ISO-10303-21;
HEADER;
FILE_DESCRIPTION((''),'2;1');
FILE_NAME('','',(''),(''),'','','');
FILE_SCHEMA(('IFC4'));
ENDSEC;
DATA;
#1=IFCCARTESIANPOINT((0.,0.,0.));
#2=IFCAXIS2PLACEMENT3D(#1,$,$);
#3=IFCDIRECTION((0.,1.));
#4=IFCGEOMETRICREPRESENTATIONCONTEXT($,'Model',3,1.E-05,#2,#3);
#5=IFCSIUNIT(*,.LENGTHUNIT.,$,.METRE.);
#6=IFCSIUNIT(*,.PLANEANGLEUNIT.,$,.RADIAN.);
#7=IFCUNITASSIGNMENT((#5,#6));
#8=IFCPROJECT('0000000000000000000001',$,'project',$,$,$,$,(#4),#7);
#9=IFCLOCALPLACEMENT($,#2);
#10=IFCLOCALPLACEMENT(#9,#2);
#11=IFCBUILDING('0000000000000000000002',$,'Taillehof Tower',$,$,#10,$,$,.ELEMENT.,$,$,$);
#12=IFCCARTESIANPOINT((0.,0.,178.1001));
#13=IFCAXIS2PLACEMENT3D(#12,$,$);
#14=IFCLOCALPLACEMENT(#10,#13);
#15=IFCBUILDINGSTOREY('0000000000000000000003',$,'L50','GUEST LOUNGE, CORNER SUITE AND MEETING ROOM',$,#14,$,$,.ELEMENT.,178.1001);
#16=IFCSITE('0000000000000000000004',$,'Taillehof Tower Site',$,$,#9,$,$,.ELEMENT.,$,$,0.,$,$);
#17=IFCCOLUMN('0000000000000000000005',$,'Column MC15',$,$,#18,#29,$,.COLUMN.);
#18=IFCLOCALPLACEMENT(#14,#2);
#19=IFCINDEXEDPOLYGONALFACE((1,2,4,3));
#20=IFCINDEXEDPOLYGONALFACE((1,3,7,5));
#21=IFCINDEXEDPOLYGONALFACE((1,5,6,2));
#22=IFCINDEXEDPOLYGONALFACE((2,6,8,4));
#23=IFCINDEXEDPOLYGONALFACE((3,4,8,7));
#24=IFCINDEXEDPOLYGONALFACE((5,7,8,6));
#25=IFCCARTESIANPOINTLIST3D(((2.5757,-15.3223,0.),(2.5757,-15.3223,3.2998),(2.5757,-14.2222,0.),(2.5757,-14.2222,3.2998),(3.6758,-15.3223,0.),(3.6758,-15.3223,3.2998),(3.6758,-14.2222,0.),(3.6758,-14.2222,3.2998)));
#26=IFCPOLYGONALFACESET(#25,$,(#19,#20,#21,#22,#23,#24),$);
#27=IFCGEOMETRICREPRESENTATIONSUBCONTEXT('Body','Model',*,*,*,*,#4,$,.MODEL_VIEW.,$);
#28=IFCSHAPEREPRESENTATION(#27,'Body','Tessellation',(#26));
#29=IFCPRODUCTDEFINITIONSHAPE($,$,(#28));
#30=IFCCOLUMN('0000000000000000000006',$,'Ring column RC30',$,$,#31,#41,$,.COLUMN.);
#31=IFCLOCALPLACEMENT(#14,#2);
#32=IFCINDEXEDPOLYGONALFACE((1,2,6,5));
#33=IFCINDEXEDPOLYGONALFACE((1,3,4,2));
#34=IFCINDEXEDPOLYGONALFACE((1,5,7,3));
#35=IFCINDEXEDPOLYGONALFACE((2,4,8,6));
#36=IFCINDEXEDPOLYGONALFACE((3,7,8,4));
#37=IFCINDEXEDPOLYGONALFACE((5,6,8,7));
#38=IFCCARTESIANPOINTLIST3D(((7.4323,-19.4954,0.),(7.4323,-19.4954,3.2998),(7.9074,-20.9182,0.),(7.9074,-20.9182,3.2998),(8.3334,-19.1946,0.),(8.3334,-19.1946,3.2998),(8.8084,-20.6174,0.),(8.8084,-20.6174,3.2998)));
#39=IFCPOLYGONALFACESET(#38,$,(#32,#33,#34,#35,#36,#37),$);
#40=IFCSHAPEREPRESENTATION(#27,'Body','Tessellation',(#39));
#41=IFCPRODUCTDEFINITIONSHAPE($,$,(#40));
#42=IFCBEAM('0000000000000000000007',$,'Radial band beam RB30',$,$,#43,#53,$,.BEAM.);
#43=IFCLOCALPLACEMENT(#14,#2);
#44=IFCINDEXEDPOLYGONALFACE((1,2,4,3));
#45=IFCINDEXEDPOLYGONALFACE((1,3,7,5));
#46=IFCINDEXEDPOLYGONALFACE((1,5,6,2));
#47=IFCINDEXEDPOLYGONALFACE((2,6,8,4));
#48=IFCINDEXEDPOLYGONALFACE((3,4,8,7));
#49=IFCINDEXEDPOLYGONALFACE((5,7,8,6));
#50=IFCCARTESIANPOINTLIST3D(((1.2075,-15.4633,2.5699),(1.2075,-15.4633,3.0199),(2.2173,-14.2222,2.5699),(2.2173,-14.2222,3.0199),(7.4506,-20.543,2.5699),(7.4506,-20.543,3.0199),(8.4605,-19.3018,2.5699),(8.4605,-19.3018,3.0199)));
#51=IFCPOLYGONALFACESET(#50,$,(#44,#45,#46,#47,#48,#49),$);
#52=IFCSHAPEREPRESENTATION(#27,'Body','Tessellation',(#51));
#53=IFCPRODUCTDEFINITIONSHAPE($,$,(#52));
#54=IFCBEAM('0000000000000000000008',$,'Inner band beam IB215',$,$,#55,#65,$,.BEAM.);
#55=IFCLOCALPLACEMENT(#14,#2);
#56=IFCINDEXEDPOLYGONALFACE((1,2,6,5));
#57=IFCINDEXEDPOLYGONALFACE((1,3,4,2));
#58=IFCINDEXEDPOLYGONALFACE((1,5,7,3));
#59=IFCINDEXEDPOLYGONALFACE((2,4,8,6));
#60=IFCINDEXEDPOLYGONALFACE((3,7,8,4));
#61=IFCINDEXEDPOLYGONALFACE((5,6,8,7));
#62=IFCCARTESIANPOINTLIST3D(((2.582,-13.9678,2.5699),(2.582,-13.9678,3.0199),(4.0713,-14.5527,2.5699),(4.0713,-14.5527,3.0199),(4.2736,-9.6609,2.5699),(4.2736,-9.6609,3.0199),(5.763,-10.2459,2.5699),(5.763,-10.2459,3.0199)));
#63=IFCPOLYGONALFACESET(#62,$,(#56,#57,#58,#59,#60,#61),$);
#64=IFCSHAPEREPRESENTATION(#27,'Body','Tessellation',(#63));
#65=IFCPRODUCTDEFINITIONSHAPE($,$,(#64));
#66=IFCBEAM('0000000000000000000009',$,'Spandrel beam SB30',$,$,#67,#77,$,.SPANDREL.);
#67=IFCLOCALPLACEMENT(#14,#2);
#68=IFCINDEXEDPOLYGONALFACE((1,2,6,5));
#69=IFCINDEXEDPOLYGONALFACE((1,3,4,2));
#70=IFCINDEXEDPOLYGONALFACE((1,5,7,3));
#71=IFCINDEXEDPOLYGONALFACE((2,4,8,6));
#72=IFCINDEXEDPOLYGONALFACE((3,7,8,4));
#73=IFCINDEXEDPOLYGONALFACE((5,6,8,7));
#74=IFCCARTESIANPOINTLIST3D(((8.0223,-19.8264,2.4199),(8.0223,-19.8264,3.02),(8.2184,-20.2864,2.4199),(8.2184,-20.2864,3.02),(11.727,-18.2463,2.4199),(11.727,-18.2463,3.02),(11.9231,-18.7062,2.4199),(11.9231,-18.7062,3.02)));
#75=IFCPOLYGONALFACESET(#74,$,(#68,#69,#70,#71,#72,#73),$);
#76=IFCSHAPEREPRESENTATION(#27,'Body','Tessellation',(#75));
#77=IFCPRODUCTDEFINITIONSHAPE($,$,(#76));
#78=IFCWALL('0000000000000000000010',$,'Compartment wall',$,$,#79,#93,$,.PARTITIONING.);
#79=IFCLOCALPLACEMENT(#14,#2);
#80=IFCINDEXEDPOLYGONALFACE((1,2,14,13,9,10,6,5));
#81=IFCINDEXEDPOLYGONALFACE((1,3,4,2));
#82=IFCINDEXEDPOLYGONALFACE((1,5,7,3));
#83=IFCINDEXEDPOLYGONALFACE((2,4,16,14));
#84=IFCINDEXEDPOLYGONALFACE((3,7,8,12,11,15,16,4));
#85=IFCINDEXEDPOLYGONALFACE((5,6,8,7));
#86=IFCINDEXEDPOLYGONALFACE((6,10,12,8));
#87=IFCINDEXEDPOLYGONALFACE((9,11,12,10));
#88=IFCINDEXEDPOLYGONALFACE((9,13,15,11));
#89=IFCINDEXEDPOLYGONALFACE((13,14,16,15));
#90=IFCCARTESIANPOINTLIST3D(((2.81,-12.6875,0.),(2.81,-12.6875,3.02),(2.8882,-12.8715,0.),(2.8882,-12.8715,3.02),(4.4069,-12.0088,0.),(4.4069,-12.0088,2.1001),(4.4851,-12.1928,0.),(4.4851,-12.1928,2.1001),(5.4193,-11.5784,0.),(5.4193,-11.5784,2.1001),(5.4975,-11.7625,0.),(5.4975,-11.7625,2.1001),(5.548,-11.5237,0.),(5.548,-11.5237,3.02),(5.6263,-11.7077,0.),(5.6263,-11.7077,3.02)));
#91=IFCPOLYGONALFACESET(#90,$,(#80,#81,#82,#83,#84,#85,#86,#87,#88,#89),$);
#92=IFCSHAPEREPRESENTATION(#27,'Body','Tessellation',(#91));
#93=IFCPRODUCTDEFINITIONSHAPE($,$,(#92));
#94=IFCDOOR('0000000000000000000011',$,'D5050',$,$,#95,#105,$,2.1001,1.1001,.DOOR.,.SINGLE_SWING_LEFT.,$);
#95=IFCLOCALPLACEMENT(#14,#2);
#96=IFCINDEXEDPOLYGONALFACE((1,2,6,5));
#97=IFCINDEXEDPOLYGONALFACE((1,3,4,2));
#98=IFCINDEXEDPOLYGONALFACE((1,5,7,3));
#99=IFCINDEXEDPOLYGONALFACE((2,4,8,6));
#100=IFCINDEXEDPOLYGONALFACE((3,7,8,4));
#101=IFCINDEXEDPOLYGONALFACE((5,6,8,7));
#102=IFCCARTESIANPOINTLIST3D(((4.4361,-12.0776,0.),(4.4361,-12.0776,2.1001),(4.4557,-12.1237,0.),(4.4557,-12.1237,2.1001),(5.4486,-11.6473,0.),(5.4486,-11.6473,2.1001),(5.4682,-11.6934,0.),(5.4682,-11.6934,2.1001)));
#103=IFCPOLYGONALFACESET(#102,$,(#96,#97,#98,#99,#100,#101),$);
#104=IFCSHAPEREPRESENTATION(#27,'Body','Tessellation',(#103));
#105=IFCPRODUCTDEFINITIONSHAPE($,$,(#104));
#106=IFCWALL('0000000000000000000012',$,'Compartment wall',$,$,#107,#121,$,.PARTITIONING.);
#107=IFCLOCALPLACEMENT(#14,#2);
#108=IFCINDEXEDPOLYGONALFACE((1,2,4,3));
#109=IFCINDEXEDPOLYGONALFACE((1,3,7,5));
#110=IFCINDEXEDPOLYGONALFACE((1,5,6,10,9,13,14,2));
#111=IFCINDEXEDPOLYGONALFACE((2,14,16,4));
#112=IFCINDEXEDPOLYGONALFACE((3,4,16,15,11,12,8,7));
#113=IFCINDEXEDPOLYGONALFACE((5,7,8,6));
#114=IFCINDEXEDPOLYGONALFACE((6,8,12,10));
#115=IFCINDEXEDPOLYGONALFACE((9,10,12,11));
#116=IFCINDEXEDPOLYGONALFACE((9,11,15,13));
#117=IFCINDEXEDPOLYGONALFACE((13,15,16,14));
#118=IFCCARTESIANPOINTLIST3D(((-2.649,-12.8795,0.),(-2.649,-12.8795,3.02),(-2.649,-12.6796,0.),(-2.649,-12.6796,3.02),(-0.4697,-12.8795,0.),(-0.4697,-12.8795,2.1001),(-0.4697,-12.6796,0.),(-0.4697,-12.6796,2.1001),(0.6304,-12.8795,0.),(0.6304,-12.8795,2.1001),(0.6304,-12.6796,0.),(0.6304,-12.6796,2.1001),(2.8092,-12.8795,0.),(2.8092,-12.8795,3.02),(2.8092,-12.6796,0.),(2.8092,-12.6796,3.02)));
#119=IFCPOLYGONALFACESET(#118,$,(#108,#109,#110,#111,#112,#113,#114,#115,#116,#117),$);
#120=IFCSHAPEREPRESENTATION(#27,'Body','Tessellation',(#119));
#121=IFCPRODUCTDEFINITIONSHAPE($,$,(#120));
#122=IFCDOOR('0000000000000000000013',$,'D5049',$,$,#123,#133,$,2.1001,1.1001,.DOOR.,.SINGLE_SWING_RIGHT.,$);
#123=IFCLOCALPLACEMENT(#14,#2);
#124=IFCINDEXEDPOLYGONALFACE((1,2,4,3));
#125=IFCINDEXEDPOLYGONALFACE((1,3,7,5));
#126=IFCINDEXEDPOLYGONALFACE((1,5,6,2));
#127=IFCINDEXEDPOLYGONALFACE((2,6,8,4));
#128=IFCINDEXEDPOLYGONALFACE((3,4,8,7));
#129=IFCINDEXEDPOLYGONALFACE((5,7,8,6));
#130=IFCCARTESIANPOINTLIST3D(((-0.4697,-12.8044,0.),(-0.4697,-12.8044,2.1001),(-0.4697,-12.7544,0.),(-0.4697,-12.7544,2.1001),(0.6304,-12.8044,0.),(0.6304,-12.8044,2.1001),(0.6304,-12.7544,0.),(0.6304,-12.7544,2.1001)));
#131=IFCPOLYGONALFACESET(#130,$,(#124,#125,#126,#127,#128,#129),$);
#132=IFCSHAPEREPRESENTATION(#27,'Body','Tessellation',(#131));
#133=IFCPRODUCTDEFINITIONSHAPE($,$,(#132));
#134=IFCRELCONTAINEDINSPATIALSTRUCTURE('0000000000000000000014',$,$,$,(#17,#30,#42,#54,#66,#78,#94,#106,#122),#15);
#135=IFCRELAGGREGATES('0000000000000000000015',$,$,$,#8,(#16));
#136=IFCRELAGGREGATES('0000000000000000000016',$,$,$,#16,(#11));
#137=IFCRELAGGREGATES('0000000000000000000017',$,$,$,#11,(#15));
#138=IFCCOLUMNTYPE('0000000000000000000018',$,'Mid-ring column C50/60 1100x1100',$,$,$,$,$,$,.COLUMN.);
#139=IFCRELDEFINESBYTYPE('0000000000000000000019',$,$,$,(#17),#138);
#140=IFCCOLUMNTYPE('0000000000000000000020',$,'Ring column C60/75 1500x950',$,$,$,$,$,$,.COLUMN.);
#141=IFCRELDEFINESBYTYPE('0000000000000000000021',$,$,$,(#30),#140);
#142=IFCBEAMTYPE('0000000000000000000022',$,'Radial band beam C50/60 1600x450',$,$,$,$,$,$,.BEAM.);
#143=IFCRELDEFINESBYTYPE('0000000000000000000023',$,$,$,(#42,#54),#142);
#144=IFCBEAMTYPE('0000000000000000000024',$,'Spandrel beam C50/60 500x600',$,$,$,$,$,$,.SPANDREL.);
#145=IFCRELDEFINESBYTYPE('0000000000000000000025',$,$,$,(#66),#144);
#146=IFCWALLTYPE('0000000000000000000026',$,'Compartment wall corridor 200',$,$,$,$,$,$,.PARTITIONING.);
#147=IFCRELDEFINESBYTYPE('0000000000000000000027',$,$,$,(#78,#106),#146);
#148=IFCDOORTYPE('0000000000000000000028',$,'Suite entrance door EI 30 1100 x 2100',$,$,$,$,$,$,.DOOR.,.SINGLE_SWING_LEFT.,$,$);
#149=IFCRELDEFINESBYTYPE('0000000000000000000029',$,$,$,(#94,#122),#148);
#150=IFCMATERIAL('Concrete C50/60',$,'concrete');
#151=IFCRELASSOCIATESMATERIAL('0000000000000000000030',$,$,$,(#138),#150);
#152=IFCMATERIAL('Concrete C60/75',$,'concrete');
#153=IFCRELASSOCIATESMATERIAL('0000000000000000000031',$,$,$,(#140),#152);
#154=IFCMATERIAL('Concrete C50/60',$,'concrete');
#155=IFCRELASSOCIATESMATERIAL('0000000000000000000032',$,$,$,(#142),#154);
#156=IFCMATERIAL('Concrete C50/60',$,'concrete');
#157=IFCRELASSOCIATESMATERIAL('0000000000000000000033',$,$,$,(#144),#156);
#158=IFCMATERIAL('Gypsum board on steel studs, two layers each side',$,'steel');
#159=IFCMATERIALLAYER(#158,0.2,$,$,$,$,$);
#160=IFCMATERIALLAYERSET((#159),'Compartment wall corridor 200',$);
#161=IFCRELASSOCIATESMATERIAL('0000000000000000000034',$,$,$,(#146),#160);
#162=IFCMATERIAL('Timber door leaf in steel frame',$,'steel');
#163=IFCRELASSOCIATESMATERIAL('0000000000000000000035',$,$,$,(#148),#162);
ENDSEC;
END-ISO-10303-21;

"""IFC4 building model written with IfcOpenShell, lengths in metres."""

from ifc_helpers import new_model, si_unit, direction, frame, frame_2d, origin, origin_2d, place, context, subcontext, project, spatial, rectangle, extrude, material, layer, layer_set, material_profile, profile_set, type_object, element, fill, save


model = new_model("IFC4")

# Units and contexts
model_context = context("Model", 3, precision=1e-05, world=origin(), true_north=direction((0.0, 1.0)))
body_context = subcontext(model_context, "Body", "Model", "MODEL_VIEW")
ifc_project = project(units=[si_unit("LENGTHUNIT", "METRE"), si_unit("PLANEANGLEUNIT", "RADIAN")], contexts=[model_context])

# Site, building, storey
site_placement = place(None, origin())
site = spatial("IfcSite", under=ifc_project, at=site_placement, Name="Taillehof Tower Site", CompositionType="ELEMENT", RefElevation=0.0)
building_placement = place(site_placement, origin())
building = spatial("IfcBuilding", under=site, at=building_placement, Name="Taillehof Tower", CompositionType="ELEMENT")
storey_placement = place(building_placement, frame((0.0, 0.0, 178.1001)))
storey = spatial("IfcBuildingStorey", under=building, at=storey_placement, Name="L50", Description="GUEST LOUNGE, CORNER SUITE AND MEETING ROOM", CompositionType="ELEMENT", Elevation=178.1001)

# Columns
ifc_material_1 = material(Name="Concrete C50/60", Category="concrete")
ifc_material_profile_1 = material_profile(ifc_material_1, rectangle(XDim=1.1001, YDim=1.1001, at=origin_2d()), Name="RC 1100x1100")
ifc_profile_set_1 = profile_set([ifc_material_profile_1], Name="Concrete C50/60")
column_type_1 = type_object("IfcColumnType", Name="Mid-ring column C50/60 1100x1100", PredefinedType="COLUMN", material=ifc_profile_set_1)
column_1_placement = place(storey_placement, frame((3.1257, -14.7722, 0.0), z_axis=(0.0, 0.0, 1.0), x_axis=(1.0, 0.0, 0.0)))
element("IfcColumn", 1, at=column_1_placement, inside=storey, type_object=column_type_1, Name="Column MC15", PredefinedType="COLUMN", context=body_context, shape_type="SweptSolid", body=[
    extrude(rectangle(XDim=1.1001, YDim=1.1001, at=origin_2d()), origin(), (0.0, 0.0, 1.0), 3.2998),
])
ifc_material_2 = material(Name="Concrete C60/75", Category="concrete")
ifc_material_profile_2 = material_profile(ifc_material_2, rectangle(XDim=1.5, YDim=0.95, at=origin_2d()), Name="RC 1500x950")
ifc_profile_set_2 = profile_set([ifc_material_profile_2], Name="Concrete C60/75")
column_type_2 = type_object("IfcColumnType", Name="Ring column C60/75 1500x950", PredefinedType="COLUMN", material=ifc_profile_set_2)
column_2_placement = place(storey_placement, frame((8.1204, -20.0564, 0.0), z_axis=(0.0, 0.0, 1.0), x_axis=(0.316703, -0.948525, 0.0)))
element("IfcColumn", 2, at=column_2_placement, inside=storey, type_object=column_type_2, Name="Ring column RC30", PredefinedType="COLUMN", context=body_context, shape_type="SweptSolid", body=[
    extrude(rectangle(XDim=1.5, YDim=0.95, at=origin_2d()), origin(), (0.0, 0.0, 1.0), 3.2998),
])

# Beams
ifc_material_3 = material(Name="Concrete C50/60", Category="concrete")
ifc_material_profile_3 = material_profile(ifc_material_3, rectangle(XDim=1.6001, YDim=0.45, at=origin_2d()), Name="RC 1600x450")
ifc_profile_set_3 = profile_set([ifc_material_profile_3], Name="Concrete C50/60")
beam_type_1 = type_object("IfcBeamType", Name="Radial band beam C50/60 1600x450", PredefinedType="BEAM", material=ifc_profile_set_3)
beam_1_placement = place(storey_placement, frame((7.9556, -19.9224, 2.7949), z_axis=(-0.775687, 0.631118, 0.0), x_axis=(-0.631118, -0.775687, 0.0)))
element("IfcBeam", 3, at=beam_1_placement, inside=storey, type_object=beam_type_1, Name="Radial band beam RB30", PredefinedType="BEAM", context=body_context, shape_type="SweptSolid", body=[
    extrude(rectangle(XDim=1.6001, YDim=0.45, at=origin_2d()), origin(), (0.0, 0.0, 1.0), 8.0486),
])
beam_2_placement = place(storey_placement, frame((3.3267, -14.2603, 2.7949), z_axis=(0.365589, 0.930777, 0.0), x_axis=(-0.930777, 0.365589, 0.0)))
element("IfcBeam", 4, at=beam_2_placement, inside=storey, type_object=beam_type_1, Name="Inner band beam IB215", PredefinedType="BEAM", context=body_context, shape_type="SweptSolid", body=[
    extrude(rectangle(XDim=1.6001, YDim=0.45, at=origin_2d()), origin(), (0.0, 0.0, 1.0), 4.6272),
])
ifc_material_4 = material(Name="Concrete C50/60", Category="concrete")
ifc_material_profile_4 = material_profile(ifc_material_4, rectangle(XDim=0.5, YDim=0.6001, at=origin_2d()), Name="RC 500x600")
ifc_profile_set_4 = profile_set([ifc_material_profile_4], Name="Concrete C50/60")
beam_type_2 = type_object("IfcBeamType", Name="Spandrel beam C50/60 500x600", PredefinedType="SPANDREL", material=ifc_profile_set_4)
beam_3_placement = place(storey_placement, frame((8.1204, -20.0564, 2.72), z_axis=(0.919827, 0.392324, 0.0), x_axis=(-0.392324, 0.919827, 0.0)))
element("IfcBeam", 5, at=beam_3_placement, inside=storey, type_object=beam_type_2, Name="Spandrel beam SB30", PredefinedType="SPANDREL", context=body_context, shape_type="SweptSolid", body=[
    extrude(rectangle(XDim=0.5, YDim=0.6001, at=origin_2d()), origin(), (0.0, 0.0, 1.0), 4.0276),
])

# Walls, openings, doors
ifc_material_5 = material(Name="Gypsum board on steel studs, two layers each side", Category="steel")
ifc_layer_1 = layer(ifc_material_5, 0.2)
ifc_layer_set_1 = layer_set([ifc_layer_1], Name="Compartment wall corridor 200")
wall_type_1 = type_object("IfcWallType", Name="Compartment wall corridor 200", PredefinedType="PARTITIONING", material=ifc_layer_set_1)
wall_1_placement = place(storey_placement, frame((5.5872, -11.6157, 0.0), z_axis=(0.0, 0.0, 1.0), x_axis=(-0.920312, -0.391184, 0.0)))
wall_1 = element("IfcWall", 6, at=wall_1_placement, inside=storey, type_object=wall_type_1, Name="Compartment wall", PredefinedType="PARTITIONING", context=body_context, shape_type="SweptSolid", body=[
    extrude(rectangle(XDim=2.9751, YDim=0.2, at=frame_2d((1.4875, 0.0))), origin(), (0.0, 0.0, 1.0), 3.02),
])
opening_1_placement = place(wall_1_placement, frame((0.1399, 0.0, 0.0)))
opening_1 = element("IfcOpeningElement", 7, at=opening_1_placement, cuts=wall_1, PredefinedType="OPENING", context=body_context, shape_type="SweptSolid", body=[
    extrude(rectangle(XDim=1.1001, YDim=2.1001, at=frame_2d((0.55, 1.05))), frame((0.0, 0.1099, 0.0), z_axis=(0.0, -1.0, 0.0), x_axis=(1.0, 0.0, 0.0)), (0.0, 0.0, 1.0), 0.22),
])
ifc_material_6 = material(Name="Timber door leaf in steel frame", Category="steel")
door_type_1 = type_object("IfcDoorType", Name="Suite entrance door EI 30 1100 x 2100", OperationType="SINGLE_SWING_LEFT", PredefinedType="DOOR", material=ifc_material_6)
door_1_placement = place(opening_1_placement, origin())
door_1 = element("IfcDoor", 8, at=door_1_placement, inside=storey, type_object=door_type_1, Name="D5050", OperationType="SINGLE_SWING_LEFT", OverallHeight=2.1001, OverallWidth=1.1001, PredefinedType="DOOR", context=body_context, shape_type="SweptSolid", body=[
    extrude(rectangle(XDim=1.1001, YDim=2.1001, at=frame_2d((0.55, 1.05))), frame((0.0, 0.0249, 0.0), z_axis=(0.0, -1.0, 0.0), x_axis=(1.0, 0.0, 0.0)), (0.0, 0.0, 1.0), 0.05),
])
fill(opening_1, door_1)
wall_2_placement = place(storey_placement, frame((2.8091, -12.7795, 0.0), z_axis=(0.0, 0.0, 1.0), x_axis=(-1.0, 0.0, 0.0)))
wall_2 = element("IfcWall", 9, at=wall_2_placement, inside=storey, type_object=wall_type_1, Name="Compartment wall", PredefinedType="PARTITIONING", context=body_context, shape_type="SweptSolid", body=[
    extrude(rectangle(XDim=5.4583, YDim=0.2, at=frame_2d((2.729, 0.0))), origin(), (0.0, 0.0, 1.0), 3.02),
])
opening_2_placement = place(wall_2_placement, frame((2.1787, 0.0, 0.0)))
opening_2 = element("IfcOpeningElement", 10, at=opening_2_placement, cuts=wall_2, PredefinedType="OPENING", context=body_context, shape_type="SweptSolid", body=[
    extrude(rectangle(XDim=1.1001, YDim=2.1001, at=frame_2d((0.55, 1.05))), frame((0.0, 0.1099, 0.0), z_axis=(0.0, -1.0, 0.0), x_axis=(1.0, 0.0, 0.0)), (0.0, 0.0, 1.0), 0.22),
])
door_2_placement = place(opening_2_placement, origin())
door_2 = element("IfcDoor", 11, at=door_2_placement, inside=storey, type_object=door_type_1, Name="D5049", OperationType="SINGLE_SWING_RIGHT", OverallHeight=2.1001, OverallWidth=1.1001, PredefinedType="DOOR", context=body_context, shape_type="SweptSolid", body=[
    extrude(rectangle(XDim=1.1001, YDim=2.1001, at=frame_2d((0.55, 1.05))), frame((0.0, 0.0249, 0.0), z_axis=(0.0, -1.0, 0.0), x_axis=(1.0, 0.0, 0.0)), (0.0, 0.0, 1.0), 0.05),
])
fill(opening_2, door_2)

save(model, "model.ifc")
